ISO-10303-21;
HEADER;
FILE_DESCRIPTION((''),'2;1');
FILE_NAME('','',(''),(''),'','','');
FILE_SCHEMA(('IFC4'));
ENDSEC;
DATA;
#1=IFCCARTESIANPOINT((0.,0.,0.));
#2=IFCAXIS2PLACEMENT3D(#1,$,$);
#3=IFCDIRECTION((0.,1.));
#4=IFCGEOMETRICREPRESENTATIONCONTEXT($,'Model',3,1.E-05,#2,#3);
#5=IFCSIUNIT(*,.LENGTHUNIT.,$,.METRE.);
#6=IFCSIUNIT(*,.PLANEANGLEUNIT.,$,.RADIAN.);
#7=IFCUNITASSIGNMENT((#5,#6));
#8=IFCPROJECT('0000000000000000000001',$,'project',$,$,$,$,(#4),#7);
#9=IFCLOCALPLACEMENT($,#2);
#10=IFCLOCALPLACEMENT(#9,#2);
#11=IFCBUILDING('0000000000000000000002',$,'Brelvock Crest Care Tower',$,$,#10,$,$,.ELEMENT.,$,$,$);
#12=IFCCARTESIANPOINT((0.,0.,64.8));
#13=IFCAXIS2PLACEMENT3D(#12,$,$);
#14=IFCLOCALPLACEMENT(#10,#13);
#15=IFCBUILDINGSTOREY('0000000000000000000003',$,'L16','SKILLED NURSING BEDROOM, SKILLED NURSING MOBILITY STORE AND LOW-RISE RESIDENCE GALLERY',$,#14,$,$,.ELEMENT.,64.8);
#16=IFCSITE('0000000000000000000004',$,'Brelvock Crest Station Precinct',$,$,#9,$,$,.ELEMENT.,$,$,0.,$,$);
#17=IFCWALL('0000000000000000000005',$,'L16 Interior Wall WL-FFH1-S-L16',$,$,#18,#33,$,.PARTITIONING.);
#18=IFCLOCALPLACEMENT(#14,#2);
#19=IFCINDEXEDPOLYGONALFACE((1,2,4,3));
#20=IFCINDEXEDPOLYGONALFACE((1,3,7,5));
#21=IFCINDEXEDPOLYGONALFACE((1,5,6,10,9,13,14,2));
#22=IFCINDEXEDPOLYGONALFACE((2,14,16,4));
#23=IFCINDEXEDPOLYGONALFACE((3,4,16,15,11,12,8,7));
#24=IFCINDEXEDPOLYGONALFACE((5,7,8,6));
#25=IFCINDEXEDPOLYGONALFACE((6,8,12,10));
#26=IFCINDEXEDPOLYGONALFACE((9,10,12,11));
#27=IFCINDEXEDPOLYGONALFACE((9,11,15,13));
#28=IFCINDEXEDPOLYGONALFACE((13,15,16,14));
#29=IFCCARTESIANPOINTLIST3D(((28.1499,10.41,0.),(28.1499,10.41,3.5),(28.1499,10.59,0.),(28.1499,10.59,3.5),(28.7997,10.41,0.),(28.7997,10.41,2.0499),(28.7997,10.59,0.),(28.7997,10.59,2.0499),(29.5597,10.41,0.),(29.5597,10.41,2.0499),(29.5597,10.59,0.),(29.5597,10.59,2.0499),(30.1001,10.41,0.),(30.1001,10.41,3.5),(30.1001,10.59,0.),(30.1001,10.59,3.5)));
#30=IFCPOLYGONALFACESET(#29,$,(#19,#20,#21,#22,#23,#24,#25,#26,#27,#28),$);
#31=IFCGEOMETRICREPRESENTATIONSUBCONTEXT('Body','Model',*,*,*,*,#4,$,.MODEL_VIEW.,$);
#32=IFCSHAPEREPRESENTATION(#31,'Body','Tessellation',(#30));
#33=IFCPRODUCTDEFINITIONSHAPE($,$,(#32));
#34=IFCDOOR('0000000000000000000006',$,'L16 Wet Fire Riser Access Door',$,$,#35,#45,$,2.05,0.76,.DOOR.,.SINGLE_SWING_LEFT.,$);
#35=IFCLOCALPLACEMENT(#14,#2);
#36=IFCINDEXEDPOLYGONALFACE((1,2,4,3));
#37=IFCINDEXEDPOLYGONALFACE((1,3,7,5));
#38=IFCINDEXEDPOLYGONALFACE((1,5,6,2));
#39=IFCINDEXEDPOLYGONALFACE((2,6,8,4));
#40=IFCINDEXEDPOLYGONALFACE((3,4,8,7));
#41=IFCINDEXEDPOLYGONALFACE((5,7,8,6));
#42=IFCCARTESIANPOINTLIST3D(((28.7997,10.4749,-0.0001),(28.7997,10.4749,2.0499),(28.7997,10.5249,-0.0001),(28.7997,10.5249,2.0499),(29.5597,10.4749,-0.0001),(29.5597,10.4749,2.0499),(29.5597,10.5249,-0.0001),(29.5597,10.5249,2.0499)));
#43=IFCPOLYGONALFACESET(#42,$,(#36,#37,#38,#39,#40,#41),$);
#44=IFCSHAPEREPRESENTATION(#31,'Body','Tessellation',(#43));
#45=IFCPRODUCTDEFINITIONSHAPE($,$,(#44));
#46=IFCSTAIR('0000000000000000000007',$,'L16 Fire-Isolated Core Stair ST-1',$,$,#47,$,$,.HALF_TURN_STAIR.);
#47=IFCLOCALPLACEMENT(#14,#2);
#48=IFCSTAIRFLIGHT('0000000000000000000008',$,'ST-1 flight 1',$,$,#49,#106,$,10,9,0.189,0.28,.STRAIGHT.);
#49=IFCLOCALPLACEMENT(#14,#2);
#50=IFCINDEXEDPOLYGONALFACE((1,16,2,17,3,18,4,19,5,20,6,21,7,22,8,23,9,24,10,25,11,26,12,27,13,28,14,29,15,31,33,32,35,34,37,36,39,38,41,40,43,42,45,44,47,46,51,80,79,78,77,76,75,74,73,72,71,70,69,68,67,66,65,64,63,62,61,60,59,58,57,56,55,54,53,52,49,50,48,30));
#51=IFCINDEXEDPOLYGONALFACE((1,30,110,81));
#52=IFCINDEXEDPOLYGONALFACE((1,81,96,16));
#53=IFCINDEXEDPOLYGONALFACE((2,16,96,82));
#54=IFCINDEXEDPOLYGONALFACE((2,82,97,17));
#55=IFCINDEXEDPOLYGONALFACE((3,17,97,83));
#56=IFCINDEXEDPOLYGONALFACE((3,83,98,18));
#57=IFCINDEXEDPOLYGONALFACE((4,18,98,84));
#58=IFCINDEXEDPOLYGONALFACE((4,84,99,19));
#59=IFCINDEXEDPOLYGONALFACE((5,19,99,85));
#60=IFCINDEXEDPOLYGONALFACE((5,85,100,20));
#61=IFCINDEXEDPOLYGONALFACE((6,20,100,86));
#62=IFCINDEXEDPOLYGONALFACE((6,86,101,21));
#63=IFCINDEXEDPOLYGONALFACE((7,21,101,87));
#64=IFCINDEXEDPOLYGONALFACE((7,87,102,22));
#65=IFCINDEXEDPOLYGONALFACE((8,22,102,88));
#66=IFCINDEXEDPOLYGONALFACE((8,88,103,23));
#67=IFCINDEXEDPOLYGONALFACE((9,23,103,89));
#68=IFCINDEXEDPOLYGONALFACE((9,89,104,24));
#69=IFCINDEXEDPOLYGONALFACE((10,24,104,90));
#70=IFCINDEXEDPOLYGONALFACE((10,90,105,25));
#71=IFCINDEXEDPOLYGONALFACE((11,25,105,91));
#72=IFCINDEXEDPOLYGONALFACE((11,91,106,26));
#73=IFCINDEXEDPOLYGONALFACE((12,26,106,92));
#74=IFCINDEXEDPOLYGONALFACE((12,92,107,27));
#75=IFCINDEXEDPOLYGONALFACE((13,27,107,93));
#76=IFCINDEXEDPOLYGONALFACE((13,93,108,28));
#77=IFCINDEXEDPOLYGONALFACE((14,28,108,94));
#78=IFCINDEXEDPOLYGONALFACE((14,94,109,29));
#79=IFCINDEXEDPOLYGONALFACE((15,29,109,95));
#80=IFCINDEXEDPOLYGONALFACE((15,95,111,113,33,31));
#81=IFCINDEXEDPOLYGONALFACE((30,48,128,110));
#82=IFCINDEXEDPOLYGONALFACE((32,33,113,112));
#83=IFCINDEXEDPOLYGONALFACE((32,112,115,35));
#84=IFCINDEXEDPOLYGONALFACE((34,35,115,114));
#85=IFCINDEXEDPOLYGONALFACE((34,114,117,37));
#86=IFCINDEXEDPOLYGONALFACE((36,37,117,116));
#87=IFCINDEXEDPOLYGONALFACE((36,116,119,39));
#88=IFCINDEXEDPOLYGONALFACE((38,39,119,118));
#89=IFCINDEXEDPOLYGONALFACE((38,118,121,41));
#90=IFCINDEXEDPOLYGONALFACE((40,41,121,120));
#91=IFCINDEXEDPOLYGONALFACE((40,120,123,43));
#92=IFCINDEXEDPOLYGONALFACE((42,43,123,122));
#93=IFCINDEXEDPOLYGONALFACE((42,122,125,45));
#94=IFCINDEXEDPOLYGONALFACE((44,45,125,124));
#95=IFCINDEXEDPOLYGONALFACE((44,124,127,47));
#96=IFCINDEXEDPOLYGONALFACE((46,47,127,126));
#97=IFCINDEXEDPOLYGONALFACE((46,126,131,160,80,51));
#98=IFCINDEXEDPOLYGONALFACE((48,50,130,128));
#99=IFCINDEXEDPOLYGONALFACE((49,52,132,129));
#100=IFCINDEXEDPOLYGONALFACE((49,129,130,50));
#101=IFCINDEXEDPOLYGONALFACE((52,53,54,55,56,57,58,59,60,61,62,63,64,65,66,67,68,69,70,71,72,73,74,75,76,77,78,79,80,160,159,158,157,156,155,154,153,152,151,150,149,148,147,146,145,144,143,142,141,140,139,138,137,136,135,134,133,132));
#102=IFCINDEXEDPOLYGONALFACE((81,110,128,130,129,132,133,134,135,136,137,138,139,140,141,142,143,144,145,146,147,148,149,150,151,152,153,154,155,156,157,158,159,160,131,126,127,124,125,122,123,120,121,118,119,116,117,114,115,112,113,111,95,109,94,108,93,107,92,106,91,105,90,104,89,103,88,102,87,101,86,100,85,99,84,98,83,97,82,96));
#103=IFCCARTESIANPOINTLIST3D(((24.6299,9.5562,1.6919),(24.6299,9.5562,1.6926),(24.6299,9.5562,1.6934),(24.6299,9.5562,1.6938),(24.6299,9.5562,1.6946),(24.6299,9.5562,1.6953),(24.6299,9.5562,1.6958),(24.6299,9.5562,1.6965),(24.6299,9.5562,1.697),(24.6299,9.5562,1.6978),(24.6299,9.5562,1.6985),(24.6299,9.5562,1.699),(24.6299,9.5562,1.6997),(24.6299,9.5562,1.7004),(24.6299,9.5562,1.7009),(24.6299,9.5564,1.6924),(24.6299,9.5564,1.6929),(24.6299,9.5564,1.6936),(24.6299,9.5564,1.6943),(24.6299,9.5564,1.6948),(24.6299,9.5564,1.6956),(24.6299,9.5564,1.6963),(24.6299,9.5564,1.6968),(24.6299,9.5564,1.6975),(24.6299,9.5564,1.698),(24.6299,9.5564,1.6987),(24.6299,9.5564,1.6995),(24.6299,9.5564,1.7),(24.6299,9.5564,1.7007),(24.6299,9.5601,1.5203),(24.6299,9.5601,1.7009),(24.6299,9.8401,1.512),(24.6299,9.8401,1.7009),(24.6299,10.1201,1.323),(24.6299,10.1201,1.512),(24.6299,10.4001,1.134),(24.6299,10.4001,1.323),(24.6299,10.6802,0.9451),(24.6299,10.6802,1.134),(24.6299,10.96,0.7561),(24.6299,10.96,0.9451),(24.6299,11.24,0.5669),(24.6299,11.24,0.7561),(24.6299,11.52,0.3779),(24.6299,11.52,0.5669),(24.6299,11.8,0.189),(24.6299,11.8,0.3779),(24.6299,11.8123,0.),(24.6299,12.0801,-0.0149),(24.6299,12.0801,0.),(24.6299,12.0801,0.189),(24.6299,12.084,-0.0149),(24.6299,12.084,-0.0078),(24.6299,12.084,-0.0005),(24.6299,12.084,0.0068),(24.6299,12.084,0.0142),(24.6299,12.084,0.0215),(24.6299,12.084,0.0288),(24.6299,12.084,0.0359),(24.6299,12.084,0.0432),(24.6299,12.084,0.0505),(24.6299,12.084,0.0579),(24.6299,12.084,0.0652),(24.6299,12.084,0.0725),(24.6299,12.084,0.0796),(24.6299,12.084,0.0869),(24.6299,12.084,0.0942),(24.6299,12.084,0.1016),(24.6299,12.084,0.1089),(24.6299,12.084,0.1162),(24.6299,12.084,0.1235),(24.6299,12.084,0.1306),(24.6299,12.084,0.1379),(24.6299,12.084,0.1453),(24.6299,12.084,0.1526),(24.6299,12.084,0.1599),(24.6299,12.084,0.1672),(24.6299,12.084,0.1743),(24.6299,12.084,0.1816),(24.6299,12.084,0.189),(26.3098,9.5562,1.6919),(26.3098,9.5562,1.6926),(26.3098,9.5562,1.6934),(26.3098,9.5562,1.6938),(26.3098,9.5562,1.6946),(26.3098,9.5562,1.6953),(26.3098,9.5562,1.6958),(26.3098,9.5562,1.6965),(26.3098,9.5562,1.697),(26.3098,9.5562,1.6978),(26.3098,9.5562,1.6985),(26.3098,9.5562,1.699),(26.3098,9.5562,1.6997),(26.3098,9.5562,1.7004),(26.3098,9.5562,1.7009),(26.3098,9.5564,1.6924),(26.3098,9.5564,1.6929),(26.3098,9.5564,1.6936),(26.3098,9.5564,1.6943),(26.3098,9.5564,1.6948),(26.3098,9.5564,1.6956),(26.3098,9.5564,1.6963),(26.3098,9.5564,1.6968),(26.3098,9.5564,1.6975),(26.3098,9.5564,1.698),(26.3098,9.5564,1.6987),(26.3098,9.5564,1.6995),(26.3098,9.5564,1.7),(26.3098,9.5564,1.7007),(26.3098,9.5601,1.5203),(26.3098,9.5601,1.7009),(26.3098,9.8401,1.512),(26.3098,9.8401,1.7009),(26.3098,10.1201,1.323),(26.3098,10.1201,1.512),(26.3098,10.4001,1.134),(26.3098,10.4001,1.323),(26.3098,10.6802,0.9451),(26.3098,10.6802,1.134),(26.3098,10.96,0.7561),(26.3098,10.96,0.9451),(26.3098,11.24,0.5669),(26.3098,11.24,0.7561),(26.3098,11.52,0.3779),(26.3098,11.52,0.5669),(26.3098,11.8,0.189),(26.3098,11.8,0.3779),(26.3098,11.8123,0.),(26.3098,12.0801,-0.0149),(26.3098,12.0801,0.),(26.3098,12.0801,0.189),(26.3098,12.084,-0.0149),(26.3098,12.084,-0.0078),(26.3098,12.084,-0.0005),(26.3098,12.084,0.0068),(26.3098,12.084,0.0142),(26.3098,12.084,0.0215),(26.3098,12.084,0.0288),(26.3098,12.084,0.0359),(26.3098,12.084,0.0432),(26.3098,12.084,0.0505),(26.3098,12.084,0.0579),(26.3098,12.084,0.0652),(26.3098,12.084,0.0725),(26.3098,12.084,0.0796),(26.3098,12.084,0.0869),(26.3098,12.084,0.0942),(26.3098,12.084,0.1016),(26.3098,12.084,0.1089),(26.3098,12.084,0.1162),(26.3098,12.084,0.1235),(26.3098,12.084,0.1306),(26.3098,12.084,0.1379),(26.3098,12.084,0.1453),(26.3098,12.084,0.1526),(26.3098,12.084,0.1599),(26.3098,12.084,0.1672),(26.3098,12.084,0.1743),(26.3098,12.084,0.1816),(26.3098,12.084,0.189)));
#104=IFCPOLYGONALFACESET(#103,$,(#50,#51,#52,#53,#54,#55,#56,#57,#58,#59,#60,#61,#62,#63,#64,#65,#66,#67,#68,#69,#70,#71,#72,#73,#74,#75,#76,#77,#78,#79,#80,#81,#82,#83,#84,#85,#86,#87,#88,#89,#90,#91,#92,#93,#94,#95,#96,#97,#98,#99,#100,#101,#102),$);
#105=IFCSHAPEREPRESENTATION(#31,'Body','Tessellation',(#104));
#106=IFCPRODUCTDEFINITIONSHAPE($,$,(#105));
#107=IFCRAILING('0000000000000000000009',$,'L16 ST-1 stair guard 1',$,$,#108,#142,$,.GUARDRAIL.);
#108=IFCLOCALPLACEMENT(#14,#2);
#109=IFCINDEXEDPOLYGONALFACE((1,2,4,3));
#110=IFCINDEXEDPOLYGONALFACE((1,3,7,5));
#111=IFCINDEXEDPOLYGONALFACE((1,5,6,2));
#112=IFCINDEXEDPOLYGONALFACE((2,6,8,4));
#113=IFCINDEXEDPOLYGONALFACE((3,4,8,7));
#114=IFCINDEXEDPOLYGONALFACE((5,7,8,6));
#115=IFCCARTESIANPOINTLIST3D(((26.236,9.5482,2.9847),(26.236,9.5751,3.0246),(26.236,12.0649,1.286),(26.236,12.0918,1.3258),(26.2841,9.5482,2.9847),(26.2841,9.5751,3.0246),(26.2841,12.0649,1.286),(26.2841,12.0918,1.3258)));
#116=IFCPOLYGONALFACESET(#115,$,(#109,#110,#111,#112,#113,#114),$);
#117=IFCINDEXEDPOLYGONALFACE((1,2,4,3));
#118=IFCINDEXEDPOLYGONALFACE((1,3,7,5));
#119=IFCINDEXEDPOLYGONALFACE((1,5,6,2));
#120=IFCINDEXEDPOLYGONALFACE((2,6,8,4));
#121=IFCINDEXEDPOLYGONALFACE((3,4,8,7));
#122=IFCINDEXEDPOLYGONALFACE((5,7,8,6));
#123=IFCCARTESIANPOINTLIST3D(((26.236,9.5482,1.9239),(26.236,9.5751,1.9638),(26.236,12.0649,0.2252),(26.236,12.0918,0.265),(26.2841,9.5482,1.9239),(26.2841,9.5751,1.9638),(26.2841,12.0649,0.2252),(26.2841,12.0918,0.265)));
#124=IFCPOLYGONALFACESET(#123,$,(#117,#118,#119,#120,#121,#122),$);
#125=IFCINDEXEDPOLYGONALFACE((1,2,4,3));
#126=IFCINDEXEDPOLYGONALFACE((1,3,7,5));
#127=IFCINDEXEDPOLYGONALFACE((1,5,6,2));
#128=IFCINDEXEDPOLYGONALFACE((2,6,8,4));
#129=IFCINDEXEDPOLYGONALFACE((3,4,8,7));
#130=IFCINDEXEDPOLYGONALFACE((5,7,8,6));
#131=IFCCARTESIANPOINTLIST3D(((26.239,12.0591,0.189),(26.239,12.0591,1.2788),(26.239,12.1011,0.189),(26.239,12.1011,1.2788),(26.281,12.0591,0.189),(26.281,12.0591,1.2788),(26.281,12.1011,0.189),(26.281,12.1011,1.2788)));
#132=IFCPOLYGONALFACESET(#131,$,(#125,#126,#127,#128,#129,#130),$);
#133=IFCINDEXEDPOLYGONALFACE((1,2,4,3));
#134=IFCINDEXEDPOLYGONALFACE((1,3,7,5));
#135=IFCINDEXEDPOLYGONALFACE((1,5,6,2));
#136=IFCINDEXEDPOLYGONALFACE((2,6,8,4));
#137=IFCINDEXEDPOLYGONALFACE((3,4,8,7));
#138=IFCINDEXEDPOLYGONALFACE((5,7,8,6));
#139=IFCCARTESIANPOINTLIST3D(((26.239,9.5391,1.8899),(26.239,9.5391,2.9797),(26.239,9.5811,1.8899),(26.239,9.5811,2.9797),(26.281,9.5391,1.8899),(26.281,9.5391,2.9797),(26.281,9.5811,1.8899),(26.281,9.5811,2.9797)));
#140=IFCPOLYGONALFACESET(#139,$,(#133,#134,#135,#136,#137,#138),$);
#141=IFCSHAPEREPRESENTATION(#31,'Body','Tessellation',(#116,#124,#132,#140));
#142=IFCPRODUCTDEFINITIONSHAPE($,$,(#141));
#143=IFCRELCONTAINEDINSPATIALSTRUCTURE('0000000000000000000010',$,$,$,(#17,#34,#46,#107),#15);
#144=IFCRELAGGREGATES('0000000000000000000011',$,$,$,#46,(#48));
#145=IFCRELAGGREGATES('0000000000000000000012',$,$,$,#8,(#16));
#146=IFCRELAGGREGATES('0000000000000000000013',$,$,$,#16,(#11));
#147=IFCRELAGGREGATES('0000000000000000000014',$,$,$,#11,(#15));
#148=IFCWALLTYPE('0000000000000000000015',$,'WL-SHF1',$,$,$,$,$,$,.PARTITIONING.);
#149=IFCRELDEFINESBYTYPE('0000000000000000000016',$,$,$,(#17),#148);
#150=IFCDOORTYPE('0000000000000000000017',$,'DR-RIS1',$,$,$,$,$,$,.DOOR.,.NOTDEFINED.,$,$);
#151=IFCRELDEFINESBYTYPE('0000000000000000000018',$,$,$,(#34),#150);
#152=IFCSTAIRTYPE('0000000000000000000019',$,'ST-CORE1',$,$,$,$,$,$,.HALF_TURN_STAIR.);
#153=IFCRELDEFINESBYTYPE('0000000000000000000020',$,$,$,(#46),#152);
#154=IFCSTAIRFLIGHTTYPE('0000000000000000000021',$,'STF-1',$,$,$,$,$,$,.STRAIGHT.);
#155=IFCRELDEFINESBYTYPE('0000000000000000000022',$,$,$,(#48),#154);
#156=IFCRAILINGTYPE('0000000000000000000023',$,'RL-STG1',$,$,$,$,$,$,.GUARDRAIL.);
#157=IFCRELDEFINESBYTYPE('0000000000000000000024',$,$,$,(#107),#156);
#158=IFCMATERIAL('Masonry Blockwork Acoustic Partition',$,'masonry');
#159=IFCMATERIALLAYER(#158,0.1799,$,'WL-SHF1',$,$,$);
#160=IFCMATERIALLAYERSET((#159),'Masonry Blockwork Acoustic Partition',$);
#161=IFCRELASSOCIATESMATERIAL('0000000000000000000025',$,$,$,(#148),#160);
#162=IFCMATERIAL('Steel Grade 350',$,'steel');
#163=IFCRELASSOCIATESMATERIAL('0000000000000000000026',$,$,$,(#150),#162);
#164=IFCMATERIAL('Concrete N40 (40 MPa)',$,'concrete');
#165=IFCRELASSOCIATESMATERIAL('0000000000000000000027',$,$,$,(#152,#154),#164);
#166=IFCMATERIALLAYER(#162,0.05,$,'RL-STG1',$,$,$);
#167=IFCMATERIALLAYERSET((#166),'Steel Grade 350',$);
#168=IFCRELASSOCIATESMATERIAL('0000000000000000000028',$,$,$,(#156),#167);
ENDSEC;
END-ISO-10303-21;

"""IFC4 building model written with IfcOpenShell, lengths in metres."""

from ifc_helpers import new_model, si_unit, direction, frame, frame_2d, origin, origin_2d, place, context, subcontext, project, spatial, polyline, rectangle, outline, extrude, source, transform, mapped, material, layer, layer_set, type_object, element, fill, aggregate, save


model = new_model("IFC4")

# Units and contexts
model_context = context("Model", 3, precision=1e-05, world=origin(), true_north=direction((0.0, 1.0)))
body_context = subcontext(model_context, "Body", "Model", "MODEL_VIEW")
ifc_project = project(units=[si_unit("LENGTHUNIT", "METRE"), si_unit("PLANEANGLEUNIT", "RADIAN")], contexts=[model_context])

# Site, building, storey
site_placement = place(None, origin())
site = spatial("IfcSite", under=ifc_project, at=site_placement, Name="Brelvock Crest Station Precinct", CompositionType="ELEMENT", RefElevation=0.0)
building_placement = place(site_placement, origin())
building = spatial("IfcBuilding", under=site, at=building_placement, Name="Brelvock Crest Care Tower", CompositionType="ELEMENT")
storey_placement = place(building_placement, frame((0.0, 0.0, 64.8)))
storey = spatial("IfcBuildingStorey", under=building, at=storey_placement, Name="L16", Description="SKILLED NURSING BEDROOM, SKILLED NURSING MOBILITY STORE AND LOW-RISE RESIDENCE GALLERY", CompositionType="ELEMENT", Elevation=64.8)

# Shared definitions
ifc_material_1 = material(Name="Masonry Blockwork Acoustic Partition", Category="masonry")

# Shared definitions
ifc_layer_1 = layer(ifc_material_1, 0.1799, Name="WL-SHF1")
ifc_layer_set_1 = layer_set([ifc_layer_1], Name="Masonry Blockwork Acoustic Partition")
wall_type_1 = type_object("IfcWallType", Name="WL-SHF1", PredefinedType="PARTITIONING", material=ifc_layer_set_1)

# Shared definitions
ifc_material_2 = material(Name="Steel Grade 350", Category="steel")

# Wall, opening, door
wall_1_placement = place(storey_placement, frame((28.1499, 10.5, 0.0), z_axis=(0.0, 0.0, 1.0), x_axis=(1.0, 0.0, 0.0)))
wall_1 = element("IfcWall", 1, at=wall_1_placement, inside=storey, type_object=wall_type_1, Name="L16 Interior Wall WL-FFH1-S-L16", PredefinedType="PARTITIONING", context=body_context, shape_type="SweptSolid", body=[
    extrude(rectangle(XDim=1.9502, YDim=0.1799, at=frame_2d((0.9751, 0.0))), origin(), (0.0, 0.0, 1.0), 3.5),
])
opening_1_placement = place(wall_1_placement, frame((0.6499, 0.0, 0.0)))
opening_1 = element("IfcOpeningElement", 2, at=opening_1_placement, cuts=wall_1, PredefinedType="OPENING", context=body_context, shape_type="SweptSolid", body=[
    extrude(rectangle(XDim=0.76, YDim=2.05, at=origin_2d()), frame((0.3799, 0.1001, 1.0249), z_axis=(0.0, -1.0, 0.0), x_axis=(1.0, 0.0, 0.0)), (0.0, 0.0, 1.0), 0.2),
])
door_type_1 = type_object("IfcDoorType", Name="DR-RIS1", OperationType="NOTDEFINED", PredefinedType="DOOR", material=ifc_material_2)
shared_shape_1 = source(origin(), body_context, "Body", "SweptSolid", [
    extrude(rectangle(XDim=0.76, YDim=2.05, at=origin_2d()), frame((0.3799, 0.0249, 1.0249), z_axis=(0.0, -1.0, 0.0), x_axis=(1.0, 0.0, 0.0)), (0.0, 0.0, 1.0), 0.05),
])
door_1_placement = place(opening_1_placement, origin())
door_1 = element("IfcDoor", 3, at=door_1_placement, inside=storey, type_object=door_type_1, Name="L16 Wet Fire Riser Access Door", OperationType="SINGLE_SWING_LEFT", OverallHeight=2.05, OverallWidth=0.76, PredefinedType="DOOR", context=body_context, shape_type="MappedRepresentation", body=[
    mapped(shared_shape_1, transform((0.0, 0.0, 0.0), x_axis=(1.0, 0.0, 0.0), y_axis=(0.0, 1.0, 0.0), z_axis=(0.0, 0.0, 1.0), scale=1.0)),
])
fill(opening_1, door_1)

# Stair, stair flight
ifc_material_3 = material(Name="Concrete N40 (40 MPa)", Category="concrete")
stair_type = type_object("IfcStairType", Name="ST-CORE1", PredefinedType="HALF_TURN_STAIR", material=ifc_material_3)
stair_placement = place(storey_placement, origin())
stair = element("IfcStair", 4, at=stair_placement, inside=storey, type_object=stair_type, Name="L16 Fire-Isolated Core Stair ST-1", PredefinedType="HALF_TURN_STAIR")
stair_flight_type = type_object("IfcStairFlightType", Name="STF-1", PredefinedType="STRAIGHT", material=ifc_material_3)
stair_flight_placement = place(storey_placement, frame((25.47, 12.0801, 0.0), z_axis=(0.0, 0.0, 1.0), x_axis=(0.0, -1.0, 0.0)))
stair_flight = element("IfcStairFlight", 5, at=stair_flight_placement, type_object=stair_flight_type, Name="ST-1 flight 1", NumberOfRisers=10, NumberOfTreads=9, PredefinedType="STRAIGHT", RiserHeight=0.189, TreadLength=0.28, context=body_context, shape_type="SweptSolid", body=[
    extrude(outline(polyline([(-0.0039, -0.0149), (-0.0039, -0.0078), (-0.0039, -0.0005), (-0.0039, 0.0068), (-0.0039, 0.0142), (-0.0039, 0.0215), (-0.0039, 0.0288), (-0.0039, 0.0359), (-0.0039, 0.0432), (-0.0039, 0.0505), (-0.0039, 0.0579), (-0.0039, 0.0652), (-0.0039, 0.0725), (-0.0039, 0.0796), (-0.0039, 0.0869), (-0.0039, 0.0942), (-0.0039, 0.1016), (-0.0039, 0.1089), (-0.0039, 0.1162), (-0.0039, 0.1235), (-0.0039, 0.1306), (-0.0039, 0.1379), (-0.0039, 0.1453), (-0.0039, 0.1526), (-0.0039, 0.1599), (-0.0039, 0.1672), (-0.0039, 0.1743), (-0.0039, 0.1816), (-0.0039, 0.189), (0.0, 0.189), (0.28, 0.189), (0.28, 0.3779), (0.5601, 0.3779), (0.5601, 0.5669), (0.8401, 0.5669), (0.8401, 0.7561), (1.1201, 0.7561), (1.1201, 0.9451), (1.3999, 0.9451), (1.3999, 1.134), (1.6799, 1.134), (1.6799, 1.323), (1.96, 1.323), (1.96, 1.512), (2.24, 1.512), (2.24, 1.7009), (2.52, 1.7009), (2.5239, 1.7009), (2.5237, 1.7007), (2.5239, 1.7004), (2.5237, 1.7), (2.5239, 1.6997), (2.5237, 1.6995), (2.5239, 1.699), (2.5237, 1.6987), (2.5239, 1.6985), (2.5237, 1.698), (2.5239, 1.6978), (2.5237, 1.6975), (2.5239, 1.697), (2.5237, 1.6968), (2.5239, 1.6965), (2.5237, 1.6963), (2.5239, 1.6958), (2.5237, 1.6956), (2.5239, 1.6953), (2.5237, 1.6948), (2.5239, 1.6946), (2.5237, 1.6943), (2.5239, 1.6938), (2.5237, 1.6936), (2.5239, 1.6934), (2.5237, 1.6929), (2.5239, 1.6926), (2.5237, 1.6924), (2.5239, 1.6919), (2.52, 1.5203), (0.2678, 0.0), (0.0, 0.0), (0.0, -0.0149), (-0.0039, -0.0149)])), frame((0.0, 0.8398, 0.0), z_axis=(0.0, -1.0, 0.0), x_axis=(1.0, 0.0, 0.0)), (0.0, 0.0, 1.0), 1.6799),
])
aggregate(stair, [stair_flight])

# Railing
ifc_layer_2 = layer(ifc_material_2, 0.05, Name="RL-STG1")
ifc_layer_set_2 = layer_set([ifc_layer_2], Name="Steel Grade 350")
railing_type_1 = type_object("IfcRailingType", Name="RL-STG1", PredefinedType="GUARDRAIL", material=ifc_layer_set_2)
railing_1_placement = place(storey_placement, frame((26.26, 12.0801, 0.189)))
element("IfcRailing", 6, at=railing_1_placement, inside=storey, type_object=railing_type_1, Name="L16 ST-1 stair guard 1", PredefinedType="GUARDRAIL", context=body_context, shape_type="SweptSolid", body=[
    extrude(rectangle(XDim=0.0481, YDim=0.0481, at=origin_2d()), frame((0.0, -0.0017, 1.1169), z_axis=(0.0, -0.828862, 0.559454), x_axis=(1.0, 0.0, 0.0)), (0.0, 0.0, 1.0), 3.0364),
    extrude(rectangle(XDim=0.0481, YDim=0.0481, at=origin_2d()), frame((0.0, -0.0017, 0.0562), z_axis=(0.0, -0.828862, 0.559454), x_axis=(1.0, 0.0, 0.0)), (0.0, 0.0, 1.0), 3.0364),
    extrude(rectangle(XDim=0.042, YDim=0.042, at=origin_2d()), origin(), (0.0, 0.0, 1.0), 1.0898),
    extrude(rectangle(XDim=0.042, YDim=0.042, at=origin_2d()), frame((0.0, -2.52, 1.7009)), (0.0, 0.0, 1.0), 1.0898),
])

save(model, "model.ifc")
